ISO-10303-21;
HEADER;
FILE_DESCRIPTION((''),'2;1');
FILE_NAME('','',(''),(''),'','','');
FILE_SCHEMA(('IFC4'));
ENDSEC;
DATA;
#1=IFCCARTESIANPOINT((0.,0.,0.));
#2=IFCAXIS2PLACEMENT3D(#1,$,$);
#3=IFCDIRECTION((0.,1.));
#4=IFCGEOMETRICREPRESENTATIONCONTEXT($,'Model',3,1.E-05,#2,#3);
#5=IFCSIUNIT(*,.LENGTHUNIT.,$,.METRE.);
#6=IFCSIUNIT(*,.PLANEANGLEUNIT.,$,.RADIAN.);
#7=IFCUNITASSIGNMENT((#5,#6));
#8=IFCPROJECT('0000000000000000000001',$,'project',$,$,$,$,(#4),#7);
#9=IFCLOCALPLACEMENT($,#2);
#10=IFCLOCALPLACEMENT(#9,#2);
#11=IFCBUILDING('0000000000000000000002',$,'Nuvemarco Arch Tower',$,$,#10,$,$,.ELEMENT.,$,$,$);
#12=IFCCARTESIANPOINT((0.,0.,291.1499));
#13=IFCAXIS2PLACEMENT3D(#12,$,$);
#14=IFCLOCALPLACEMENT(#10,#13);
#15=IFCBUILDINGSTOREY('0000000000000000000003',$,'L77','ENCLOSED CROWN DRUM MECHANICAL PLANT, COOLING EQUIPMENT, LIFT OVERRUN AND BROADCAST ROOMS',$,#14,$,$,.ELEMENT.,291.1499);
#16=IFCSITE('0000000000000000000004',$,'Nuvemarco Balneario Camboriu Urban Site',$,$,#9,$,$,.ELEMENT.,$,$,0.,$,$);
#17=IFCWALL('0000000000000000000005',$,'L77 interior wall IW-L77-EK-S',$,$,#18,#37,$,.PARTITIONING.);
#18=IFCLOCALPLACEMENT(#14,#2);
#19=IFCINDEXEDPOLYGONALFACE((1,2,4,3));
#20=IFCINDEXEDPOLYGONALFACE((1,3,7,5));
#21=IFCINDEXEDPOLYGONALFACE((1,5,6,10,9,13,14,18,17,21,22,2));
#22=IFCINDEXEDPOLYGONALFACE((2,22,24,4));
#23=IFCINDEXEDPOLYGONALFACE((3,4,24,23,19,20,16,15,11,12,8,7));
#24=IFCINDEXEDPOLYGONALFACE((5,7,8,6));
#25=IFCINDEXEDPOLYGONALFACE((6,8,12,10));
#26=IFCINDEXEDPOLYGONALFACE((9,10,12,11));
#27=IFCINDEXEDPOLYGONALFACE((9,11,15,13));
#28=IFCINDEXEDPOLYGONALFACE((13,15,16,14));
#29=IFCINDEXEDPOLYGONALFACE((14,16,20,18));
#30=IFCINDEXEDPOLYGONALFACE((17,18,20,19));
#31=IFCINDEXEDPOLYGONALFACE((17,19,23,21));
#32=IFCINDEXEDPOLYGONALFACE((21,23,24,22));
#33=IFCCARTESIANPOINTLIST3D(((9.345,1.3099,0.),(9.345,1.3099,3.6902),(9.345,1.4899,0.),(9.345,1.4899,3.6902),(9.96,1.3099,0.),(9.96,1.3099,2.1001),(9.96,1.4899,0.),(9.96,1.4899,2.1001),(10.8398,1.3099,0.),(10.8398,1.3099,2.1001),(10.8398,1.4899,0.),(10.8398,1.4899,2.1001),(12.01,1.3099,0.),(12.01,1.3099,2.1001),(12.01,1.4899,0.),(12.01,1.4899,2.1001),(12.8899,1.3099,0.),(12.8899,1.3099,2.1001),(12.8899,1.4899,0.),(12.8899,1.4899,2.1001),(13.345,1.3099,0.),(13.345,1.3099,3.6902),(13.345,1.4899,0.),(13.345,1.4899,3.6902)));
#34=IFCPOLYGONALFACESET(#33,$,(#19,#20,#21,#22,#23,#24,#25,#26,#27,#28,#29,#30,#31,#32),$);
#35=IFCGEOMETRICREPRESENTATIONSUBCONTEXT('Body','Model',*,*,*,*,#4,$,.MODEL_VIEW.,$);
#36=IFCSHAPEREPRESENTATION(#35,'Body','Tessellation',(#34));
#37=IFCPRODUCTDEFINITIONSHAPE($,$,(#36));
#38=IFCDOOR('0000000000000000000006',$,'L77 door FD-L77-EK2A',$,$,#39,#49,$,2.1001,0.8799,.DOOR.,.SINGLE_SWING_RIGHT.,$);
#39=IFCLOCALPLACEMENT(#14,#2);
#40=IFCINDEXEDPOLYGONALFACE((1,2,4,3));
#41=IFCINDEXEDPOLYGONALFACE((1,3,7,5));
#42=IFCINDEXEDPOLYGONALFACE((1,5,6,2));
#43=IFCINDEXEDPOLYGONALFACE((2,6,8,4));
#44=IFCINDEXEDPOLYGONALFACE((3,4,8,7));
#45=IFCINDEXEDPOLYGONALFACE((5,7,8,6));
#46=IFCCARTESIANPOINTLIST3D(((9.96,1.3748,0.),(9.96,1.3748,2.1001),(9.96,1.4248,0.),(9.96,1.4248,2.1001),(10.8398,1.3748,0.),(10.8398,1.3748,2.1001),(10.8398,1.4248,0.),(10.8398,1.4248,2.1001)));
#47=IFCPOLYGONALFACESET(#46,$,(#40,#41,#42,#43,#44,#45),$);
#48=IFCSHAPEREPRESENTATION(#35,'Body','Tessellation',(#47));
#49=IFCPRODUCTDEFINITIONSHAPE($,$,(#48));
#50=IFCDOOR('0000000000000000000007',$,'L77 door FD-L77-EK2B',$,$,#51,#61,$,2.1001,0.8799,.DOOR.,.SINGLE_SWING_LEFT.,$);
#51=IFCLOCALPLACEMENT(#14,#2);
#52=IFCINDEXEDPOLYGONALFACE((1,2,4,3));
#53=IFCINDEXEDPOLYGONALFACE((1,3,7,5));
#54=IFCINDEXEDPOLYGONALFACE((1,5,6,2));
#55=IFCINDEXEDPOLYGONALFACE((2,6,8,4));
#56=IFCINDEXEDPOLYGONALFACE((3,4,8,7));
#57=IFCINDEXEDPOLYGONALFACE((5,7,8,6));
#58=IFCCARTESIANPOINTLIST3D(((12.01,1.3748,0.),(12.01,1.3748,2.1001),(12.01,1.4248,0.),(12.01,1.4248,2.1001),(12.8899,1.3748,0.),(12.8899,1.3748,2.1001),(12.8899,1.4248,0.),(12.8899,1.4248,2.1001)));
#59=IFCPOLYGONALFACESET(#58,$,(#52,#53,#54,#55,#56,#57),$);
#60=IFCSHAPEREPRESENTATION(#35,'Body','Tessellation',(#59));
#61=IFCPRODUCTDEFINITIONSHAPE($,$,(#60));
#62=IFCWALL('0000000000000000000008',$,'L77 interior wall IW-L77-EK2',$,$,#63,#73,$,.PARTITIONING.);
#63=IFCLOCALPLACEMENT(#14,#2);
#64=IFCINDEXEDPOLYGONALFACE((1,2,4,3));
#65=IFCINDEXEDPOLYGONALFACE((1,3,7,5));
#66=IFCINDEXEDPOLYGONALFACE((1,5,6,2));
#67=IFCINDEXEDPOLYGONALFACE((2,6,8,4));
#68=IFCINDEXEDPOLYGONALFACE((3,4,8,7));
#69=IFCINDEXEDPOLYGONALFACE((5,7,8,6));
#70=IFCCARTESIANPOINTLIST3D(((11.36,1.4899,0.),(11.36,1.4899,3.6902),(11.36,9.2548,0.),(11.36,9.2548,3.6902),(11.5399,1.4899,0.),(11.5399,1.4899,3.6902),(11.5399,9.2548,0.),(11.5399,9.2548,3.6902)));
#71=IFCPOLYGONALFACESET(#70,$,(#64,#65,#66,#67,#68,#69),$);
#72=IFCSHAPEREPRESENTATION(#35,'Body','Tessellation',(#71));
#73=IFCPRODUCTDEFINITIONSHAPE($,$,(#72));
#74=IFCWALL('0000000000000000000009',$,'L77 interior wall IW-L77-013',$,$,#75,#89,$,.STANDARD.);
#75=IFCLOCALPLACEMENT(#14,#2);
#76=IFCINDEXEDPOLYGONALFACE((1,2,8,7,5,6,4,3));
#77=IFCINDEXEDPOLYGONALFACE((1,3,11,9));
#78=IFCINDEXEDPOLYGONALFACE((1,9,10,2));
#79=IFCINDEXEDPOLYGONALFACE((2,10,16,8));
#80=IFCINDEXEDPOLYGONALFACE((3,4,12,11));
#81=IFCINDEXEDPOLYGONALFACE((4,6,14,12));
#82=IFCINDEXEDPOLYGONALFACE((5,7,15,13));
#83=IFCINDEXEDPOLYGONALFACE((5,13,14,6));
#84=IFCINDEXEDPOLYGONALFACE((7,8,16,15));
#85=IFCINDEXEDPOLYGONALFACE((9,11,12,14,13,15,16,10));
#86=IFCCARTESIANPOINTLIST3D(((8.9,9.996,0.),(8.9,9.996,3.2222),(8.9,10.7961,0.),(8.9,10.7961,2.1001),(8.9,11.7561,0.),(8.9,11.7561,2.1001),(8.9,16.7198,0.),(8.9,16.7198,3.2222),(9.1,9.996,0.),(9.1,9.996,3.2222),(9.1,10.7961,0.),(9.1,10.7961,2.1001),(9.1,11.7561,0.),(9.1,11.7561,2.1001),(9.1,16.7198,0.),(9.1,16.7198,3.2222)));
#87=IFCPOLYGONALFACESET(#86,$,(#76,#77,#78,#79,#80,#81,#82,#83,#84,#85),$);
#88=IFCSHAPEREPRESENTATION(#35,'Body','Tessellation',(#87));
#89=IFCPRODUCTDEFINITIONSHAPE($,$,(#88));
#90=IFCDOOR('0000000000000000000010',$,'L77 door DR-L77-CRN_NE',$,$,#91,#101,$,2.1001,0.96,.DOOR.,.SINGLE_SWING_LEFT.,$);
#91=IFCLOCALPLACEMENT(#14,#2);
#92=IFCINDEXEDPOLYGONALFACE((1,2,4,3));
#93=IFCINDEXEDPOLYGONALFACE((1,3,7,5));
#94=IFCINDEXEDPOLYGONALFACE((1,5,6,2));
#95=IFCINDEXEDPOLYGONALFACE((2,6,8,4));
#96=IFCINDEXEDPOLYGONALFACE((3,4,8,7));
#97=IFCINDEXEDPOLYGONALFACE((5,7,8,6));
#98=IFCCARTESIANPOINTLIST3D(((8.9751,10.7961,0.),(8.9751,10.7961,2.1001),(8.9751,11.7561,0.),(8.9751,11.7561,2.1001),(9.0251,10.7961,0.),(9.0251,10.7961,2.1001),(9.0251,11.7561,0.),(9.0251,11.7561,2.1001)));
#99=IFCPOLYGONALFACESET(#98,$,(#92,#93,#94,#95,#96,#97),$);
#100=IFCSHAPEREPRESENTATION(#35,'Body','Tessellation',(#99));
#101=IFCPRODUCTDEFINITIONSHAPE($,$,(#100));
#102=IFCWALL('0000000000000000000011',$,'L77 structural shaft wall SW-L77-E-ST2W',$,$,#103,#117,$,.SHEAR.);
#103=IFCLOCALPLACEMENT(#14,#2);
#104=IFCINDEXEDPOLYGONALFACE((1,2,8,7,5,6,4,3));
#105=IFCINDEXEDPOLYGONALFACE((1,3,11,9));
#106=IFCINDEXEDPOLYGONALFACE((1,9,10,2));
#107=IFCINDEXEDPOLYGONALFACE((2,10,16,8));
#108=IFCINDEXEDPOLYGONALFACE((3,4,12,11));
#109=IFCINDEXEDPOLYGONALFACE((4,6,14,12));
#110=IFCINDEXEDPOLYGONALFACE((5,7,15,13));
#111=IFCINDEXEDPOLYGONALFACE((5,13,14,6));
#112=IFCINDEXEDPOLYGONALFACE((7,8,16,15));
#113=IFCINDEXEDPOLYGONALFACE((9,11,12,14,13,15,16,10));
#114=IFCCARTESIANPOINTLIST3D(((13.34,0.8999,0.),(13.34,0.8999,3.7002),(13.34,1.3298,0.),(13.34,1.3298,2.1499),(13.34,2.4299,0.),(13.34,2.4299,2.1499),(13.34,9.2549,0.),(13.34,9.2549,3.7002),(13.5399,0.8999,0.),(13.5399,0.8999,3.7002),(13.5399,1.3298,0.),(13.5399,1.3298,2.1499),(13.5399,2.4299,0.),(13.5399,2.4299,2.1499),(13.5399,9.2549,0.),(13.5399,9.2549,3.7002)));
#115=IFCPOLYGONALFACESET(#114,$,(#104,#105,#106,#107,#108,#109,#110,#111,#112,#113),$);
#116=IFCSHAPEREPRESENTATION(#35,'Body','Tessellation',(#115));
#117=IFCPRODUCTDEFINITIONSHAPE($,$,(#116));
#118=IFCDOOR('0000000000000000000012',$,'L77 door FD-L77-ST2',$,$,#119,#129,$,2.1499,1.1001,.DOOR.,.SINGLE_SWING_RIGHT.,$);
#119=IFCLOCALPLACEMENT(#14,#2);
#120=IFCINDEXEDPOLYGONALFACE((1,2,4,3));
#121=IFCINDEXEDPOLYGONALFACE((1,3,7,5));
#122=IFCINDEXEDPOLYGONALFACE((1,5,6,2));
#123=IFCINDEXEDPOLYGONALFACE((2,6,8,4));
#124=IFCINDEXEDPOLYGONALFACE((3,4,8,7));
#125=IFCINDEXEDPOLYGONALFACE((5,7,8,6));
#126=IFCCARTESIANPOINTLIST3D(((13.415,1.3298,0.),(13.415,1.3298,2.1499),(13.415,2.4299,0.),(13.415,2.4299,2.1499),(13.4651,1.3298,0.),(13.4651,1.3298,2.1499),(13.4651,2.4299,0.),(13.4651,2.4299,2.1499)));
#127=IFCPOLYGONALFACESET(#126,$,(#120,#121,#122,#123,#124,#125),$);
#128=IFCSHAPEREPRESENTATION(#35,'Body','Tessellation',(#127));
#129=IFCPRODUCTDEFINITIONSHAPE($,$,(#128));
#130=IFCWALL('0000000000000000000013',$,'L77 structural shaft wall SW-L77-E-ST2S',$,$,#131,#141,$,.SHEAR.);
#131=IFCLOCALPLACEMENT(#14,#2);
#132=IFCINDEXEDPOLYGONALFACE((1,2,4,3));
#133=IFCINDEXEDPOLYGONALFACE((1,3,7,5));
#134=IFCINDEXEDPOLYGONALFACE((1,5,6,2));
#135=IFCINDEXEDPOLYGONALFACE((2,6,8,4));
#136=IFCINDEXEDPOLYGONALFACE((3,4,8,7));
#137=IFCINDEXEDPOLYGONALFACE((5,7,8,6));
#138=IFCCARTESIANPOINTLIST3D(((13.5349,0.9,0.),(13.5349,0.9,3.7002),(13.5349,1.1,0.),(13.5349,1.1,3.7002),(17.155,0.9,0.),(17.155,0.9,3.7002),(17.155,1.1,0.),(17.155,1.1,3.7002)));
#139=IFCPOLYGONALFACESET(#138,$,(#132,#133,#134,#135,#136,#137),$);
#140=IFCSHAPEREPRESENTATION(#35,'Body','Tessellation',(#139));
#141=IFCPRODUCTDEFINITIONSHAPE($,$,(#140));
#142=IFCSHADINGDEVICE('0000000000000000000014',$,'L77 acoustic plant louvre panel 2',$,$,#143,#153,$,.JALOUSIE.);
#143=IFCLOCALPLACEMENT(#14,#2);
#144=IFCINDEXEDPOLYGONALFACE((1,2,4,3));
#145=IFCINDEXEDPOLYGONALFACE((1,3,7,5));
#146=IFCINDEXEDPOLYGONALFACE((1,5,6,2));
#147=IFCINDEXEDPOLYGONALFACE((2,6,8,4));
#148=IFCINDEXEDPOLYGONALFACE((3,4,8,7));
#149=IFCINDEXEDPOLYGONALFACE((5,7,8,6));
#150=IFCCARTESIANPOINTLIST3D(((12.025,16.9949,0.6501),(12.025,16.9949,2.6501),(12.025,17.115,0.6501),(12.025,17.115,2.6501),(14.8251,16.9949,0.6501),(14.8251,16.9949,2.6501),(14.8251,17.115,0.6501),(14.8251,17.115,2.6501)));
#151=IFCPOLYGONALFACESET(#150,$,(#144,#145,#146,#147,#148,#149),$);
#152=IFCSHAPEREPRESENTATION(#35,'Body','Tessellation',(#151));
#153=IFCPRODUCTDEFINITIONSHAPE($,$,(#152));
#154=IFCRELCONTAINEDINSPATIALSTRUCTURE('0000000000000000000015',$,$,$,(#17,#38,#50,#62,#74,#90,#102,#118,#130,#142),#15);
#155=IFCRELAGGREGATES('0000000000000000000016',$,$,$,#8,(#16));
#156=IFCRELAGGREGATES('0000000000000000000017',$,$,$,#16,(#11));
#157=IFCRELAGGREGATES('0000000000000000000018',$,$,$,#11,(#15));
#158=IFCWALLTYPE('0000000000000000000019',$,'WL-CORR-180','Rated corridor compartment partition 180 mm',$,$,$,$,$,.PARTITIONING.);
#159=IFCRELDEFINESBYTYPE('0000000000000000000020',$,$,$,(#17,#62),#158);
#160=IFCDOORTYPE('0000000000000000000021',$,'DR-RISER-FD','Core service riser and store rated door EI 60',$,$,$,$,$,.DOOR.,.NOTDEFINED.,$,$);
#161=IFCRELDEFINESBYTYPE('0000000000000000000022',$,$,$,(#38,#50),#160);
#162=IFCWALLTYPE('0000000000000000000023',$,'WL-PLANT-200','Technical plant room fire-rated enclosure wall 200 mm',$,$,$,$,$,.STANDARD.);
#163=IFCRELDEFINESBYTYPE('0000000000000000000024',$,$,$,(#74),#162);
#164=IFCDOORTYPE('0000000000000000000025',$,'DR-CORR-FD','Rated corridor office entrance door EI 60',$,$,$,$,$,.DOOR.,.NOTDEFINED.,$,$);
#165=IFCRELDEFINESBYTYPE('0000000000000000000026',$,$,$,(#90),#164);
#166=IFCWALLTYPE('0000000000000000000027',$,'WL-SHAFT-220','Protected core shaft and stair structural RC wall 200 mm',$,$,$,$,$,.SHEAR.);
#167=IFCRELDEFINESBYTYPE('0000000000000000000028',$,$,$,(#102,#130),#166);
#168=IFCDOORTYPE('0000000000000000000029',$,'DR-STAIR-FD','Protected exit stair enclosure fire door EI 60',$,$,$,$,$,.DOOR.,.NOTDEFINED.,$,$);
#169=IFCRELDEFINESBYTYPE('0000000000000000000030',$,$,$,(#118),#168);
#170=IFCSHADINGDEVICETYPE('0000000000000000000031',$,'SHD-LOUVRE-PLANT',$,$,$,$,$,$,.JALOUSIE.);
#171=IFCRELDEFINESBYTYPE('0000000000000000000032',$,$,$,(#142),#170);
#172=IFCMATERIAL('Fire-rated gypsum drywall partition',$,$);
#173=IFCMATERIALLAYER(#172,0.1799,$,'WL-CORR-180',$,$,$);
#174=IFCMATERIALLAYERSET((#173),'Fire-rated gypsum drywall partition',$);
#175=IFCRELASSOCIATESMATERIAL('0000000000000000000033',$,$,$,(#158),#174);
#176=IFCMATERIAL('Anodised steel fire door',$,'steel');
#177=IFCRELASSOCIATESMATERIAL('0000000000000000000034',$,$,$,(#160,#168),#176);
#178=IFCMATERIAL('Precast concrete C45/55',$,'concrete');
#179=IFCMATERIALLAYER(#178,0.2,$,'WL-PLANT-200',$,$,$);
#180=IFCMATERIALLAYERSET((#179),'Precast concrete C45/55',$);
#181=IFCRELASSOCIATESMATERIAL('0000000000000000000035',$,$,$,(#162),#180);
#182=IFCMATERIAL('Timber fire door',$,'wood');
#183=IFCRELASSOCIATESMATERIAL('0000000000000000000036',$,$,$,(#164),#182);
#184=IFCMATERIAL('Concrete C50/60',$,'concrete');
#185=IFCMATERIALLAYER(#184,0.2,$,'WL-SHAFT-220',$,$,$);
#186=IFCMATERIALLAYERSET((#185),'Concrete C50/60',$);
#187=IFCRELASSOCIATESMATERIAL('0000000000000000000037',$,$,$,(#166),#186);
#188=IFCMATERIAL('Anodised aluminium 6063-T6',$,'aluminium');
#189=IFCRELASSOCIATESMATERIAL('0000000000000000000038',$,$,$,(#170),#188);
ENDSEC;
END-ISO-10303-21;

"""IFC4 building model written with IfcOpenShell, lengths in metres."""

from ifc_helpers import new_model, si_unit, direction, frame, frame_2d, origin, origin_2d, place, context, subcontext, project, spatial, rectangle, extrude, source, transform, mapped, material, layer, layer_set, type_object, type_shapes, element, fill, save


model = new_model("IFC4")

# Units and contexts
model_context = context("Model", 3, precision=1e-05, world=origin(), true_north=direction((0.0, 1.0)))
body_context = subcontext(model_context, "Body", "Model", "MODEL_VIEW")
ifc_project = project(units=[si_unit("LENGTHUNIT", "METRE"), si_unit("PLANEANGLEUNIT", "RADIAN")], contexts=[model_context])

# Site, building, storey
site_placement = place(None, origin())
site = spatial("IfcSite", under=ifc_project, at=site_placement, Name="Nuvemarco Balneario Camboriu Urban Site", CompositionType="ELEMENT", RefElevation=0.0)
building_placement = place(site_placement, origin())
building = spatial("IfcBuilding", under=site, at=building_placement, Name="Nuvemarco Arch Tower", CompositionType="ELEMENT")
storey_placement = place(building_placement, frame((0.0, 0.0, 291.1499)))
storey = spatial("IfcBuildingStorey", under=building, at=storey_placement, Name="L77", Description="ENCLOSED CROWN DRUM MECHANICAL PLANT, COOLING EQUIPMENT, LIFT OVERRUN AND BROADCAST ROOMS", CompositionType="ELEMENT", Elevation=291.1499)

# Shared definitions
ifc_material_1 = material(Name="Concrete C50/60", Category="concrete")

# Wall, openings, doors
ifc_material_2 = material(Name="Fire-rated gypsum drywall partition")
ifc_layer_1 = layer(ifc_material_2, 0.1799, Name="WL-CORR-180")
ifc_layer_set_1 = layer_set([ifc_layer_1], Name="Fire-rated gypsum drywall partition")
wall_type_1 = type_object("IfcWallType", Name="WL-CORR-180", Description="Rated corridor compartment partition 180 mm", PredefinedType="PARTITIONING", material=ifc_layer_set_1)
wall_1_placement = place(storey_placement, frame((9.345, 1.3999, 0.0), z_axis=(0.0, 0.0, 1.0), x_axis=(1.0, 0.0, 0.0)))
wall_1 = element("IfcWall", 1, at=wall_1_placement, inside=storey, type_object=wall_type_1, Name="L77 interior wall IW-L77-EK-S", PredefinedType="PARTITIONING", context=body_context, shape_type="SweptSolid", body=[
    extrude(rectangle(XDim=4.0, YDim=0.1799, at=frame_2d((2.0, 0.0))), origin(), (0.0, 0.0, 1.0), 3.6902),
])
opening_1_placement = place(wall_1_placement, frame((0.615, 0.0, 0.0)))
opening_1 = element("IfcOpeningElement", 2, at=opening_1_placement, cuts=wall_1, PredefinedType="OPENING", context=body_context, shape_type="SweptSolid", body=[
    extrude(rectangle(XDim=0.8799, YDim=2.1001, at=frame_2d((0.4399, 1.05))), frame((0.0, 0.0999, 0.0), z_axis=(0.0, -1.0, 0.0), x_axis=(1.0, 0.0, 0.0)), (0.0, 0.0, 1.0), 0.2),
])
opening_2_placement = place(wall_1_placement, frame((2.665, 0.0, 0.0)))
opening_2 = element("IfcOpeningElement", 3, at=opening_2_placement, cuts=wall_1, PredefinedType="OPENING", context=body_context, shape_type="SweptSolid", body=[
    extrude(rectangle(XDim=0.8799, YDim=2.1001, at=frame_2d((0.4399, 1.05))), frame((0.0, 0.0999, 0.0), z_axis=(0.0, -1.0, 0.0), x_axis=(1.0, 0.0, 0.0)), (0.0, 0.0, 1.0), 0.2),
])
ifc_material_3 = material(Name="Anodised steel fire door", Category="steel")
door_type_1 = type_object("IfcDoorType", Name="DR-RISER-FD", Description="Core service riser and store rated door EI 60", OperationType="NOTDEFINED", PredefinedType="DOOR", material=ifc_material_3)
shared_shape_1 = source(origin(), body_context, "Body", "SweptSolid", [
    extrude(rectangle(XDim=0.8799, YDim=2.1001, at=frame_2d((0.4399, 1.05))), frame((0.0, 0.0249, 0.0), z_axis=(0.0, -1.0, 0.0), x_axis=(1.0, 0.0, 0.0)), (0.0, 0.0, 1.0), 0.05),
])
type_shapes(door_type_1, [shared_shape_1])
door_1_placement = place(opening_1_placement, origin())
door_1 = element("IfcDoor", 4, at=door_1_placement, inside=storey, type_object=door_type_1, Name="L77 door FD-L77-EK2A", OperationType="SINGLE_SWING_RIGHT", OverallHeight=2.1001, OverallWidth=0.8799, PredefinedType="DOOR", context=body_context, shape_type="MappedRepresentation", body=[
    mapped(shared_shape_1, transform((0.0, 0.0, 0.0), scale=1.0)),
])
fill(opening_1, door_1)
door_2_placement = place(opening_2_placement, origin())
door_2 = element("IfcDoor", 5, at=door_2_placement, inside=storey, type_object=door_type_1, Name="L77 door FD-L77-EK2B", OperationType="SINGLE_SWING_LEFT", OverallHeight=2.1001, OverallWidth=0.8799, PredefinedType="DOOR", context=body_context, shape_type="MappedRepresentation", body=[
    mapped(shared_shape_1, transform((0.0, 0.0, 0.0), scale=1.0)),
])
fill(opening_2, door_2)

# Wall
wall_2_placement = place(storey_placement, frame((11.45, 1.49, 0.0), z_axis=(0.0, 0.0, 1.0), x_axis=(0.0, 1.0, 0.0)))
element("IfcWall", 6, at=wall_2_placement, inside=storey, type_object=wall_type_1, Name="L77 interior wall IW-L77-EK2", PredefinedType="PARTITIONING", context=body_context, shape_type="SweptSolid", body=[
    extrude(rectangle(XDim=7.7649, YDim=0.1799, at=frame_2d((3.8823, 0.0))), origin(), (0.0, 0.0, 1.0), 3.6902),
])

# Walls, openings, doors
ifc_material_4 = material(Name="Precast concrete C45/55", Category="concrete")
ifc_layer_2 = layer(ifc_material_4, 0.2, Name="WL-PLANT-200")
ifc_layer_set_2 = layer_set([ifc_layer_2], Name="Precast concrete C45/55")
wall_type_2 = type_object("IfcWallType", Name="WL-PLANT-200", Description="Technical plant room fire-rated enclosure wall 200 mm", PredefinedType="STANDARD", material=ifc_layer_set_2)
wall_3_placement = place(storey_placement, frame((9.0, 9.9961, 0.0), z_axis=(0.0, 0.0, 1.0), x_axis=(0.0, 1.0, 0.0)))
wall_3 = element("IfcWall", 7, at=wall_3_placement, inside=storey, type_object=wall_type_2, Name="L77 interior wall IW-L77-013", PredefinedType="STANDARD", context=body_context, shape_type="SweptSolid", body=[
    extrude(rectangle(XDim=6.7239, YDim=0.2, at=frame_2d((3.3618, 0.0))), origin(), (0.0, 0.0, 1.0), 3.2222),
])
opening_3_placement = place(wall_3_placement, frame((0.8, 0.0, 0.0)))
opening_3 = element("IfcOpeningElement", 8, at=opening_3_placement, cuts=wall_3, PredefinedType="OPENING", context=body_context, shape_type="SweptSolid", body=[
    extrude(rectangle(XDim=0.96, YDim=2.1001, at=frame_2d((0.48, 1.05))), frame((0.0, 0.1099, 0.0), z_axis=(0.0, -1.0, 0.0), x_axis=(1.0, 0.0, 0.0)), (0.0, 0.0, 1.0), 0.22),
])
ifc_material_5 = material(Name="Timber fire door", Category="wood")
door_type_2 = type_object("IfcDoorType", Name="DR-CORR-FD", Description="Rated corridor office entrance door EI 60", OperationType="NOTDEFINED", PredefinedType="DOOR", material=ifc_material_5)
shared_shape_2 = source(origin(), body_context, "Body", "SweptSolid", [
    extrude(rectangle(XDim=0.96, YDim=2.1001, at=frame_2d((0.48, 1.05))), frame((0.0, 0.0249, 0.0), z_axis=(0.0, -1.0, 0.0), x_axis=(1.0, 0.0, 0.0)), (0.0, 0.0, 1.0), 0.05),
])
type_shapes(door_type_2, [shared_shape_2])
door_3_placement = place(opening_3_placement, origin())
door_3 = element("IfcDoor", 9, at=door_3_placement, inside=storey, type_object=door_type_2, Name="L77 door DR-L77-CRN_NE", OperationType="SINGLE_SWING_LEFT", OverallHeight=2.1001, OverallWidth=0.96, PredefinedType="DOOR", context=body_context, shape_type="MappedRepresentation", body=[
    mapped(shared_shape_2, transform((0.0, 0.0, 0.0), scale=1.0)),
])
fill(opening_3, door_3)
ifc_layer_3 = layer(ifc_material_1, 0.2, Name="WL-SHAFT-220")
ifc_layer_set_3 = layer_set([ifc_layer_3], Name="Concrete C50/60")
wall_type_3 = type_object("IfcWallType", Name="WL-SHAFT-220", Description="Protected core shaft and stair structural RC wall 200 mm", PredefinedType="SHEAR", material=ifc_layer_set_3)
wall_4_placement = place(storey_placement, frame((13.4399, 0.8999, 0.0), z_axis=(0.0, 0.0, 1.0), x_axis=(0.0, 1.0, 0.0)))
wall_4 = element("IfcWall", 10, at=wall_4_placement, inside=storey, type_object=wall_type_3, Name="L77 structural shaft wall SW-L77-E-ST2W", PredefinedType="SHEAR", context=body_context, shape_type="SweptSolid", body=[
    extrude(rectangle(XDim=8.355, YDim=0.2, at=frame_2d((4.1775, 0.0))), origin(), (0.0, 0.0, 1.0), 3.7002),
])
opening_4_placement = place(wall_4_placement, frame((0.4299, 0.0, 0.0)))
opening_4 = element("IfcOpeningElement", 11, at=opening_4_placement, cuts=wall_4, PredefinedType="OPENING", context=body_context, shape_type="SweptSolid", body=[
    extrude(rectangle(XDim=1.1001, YDim=2.1499, at=frame_2d((0.55, 1.075))), frame((0.0, 0.1099, 0.0), z_axis=(0.0, -1.0, 0.0), x_axis=(1.0, 0.0, 0.0)), (0.0, 0.0, 1.0), 0.22),
])
door_type_3 = type_object("IfcDoorType", Name="DR-STAIR-FD", Description="Protected exit stair enclosure fire door EI 60", OperationType="NOTDEFINED", PredefinedType="DOOR", material=ifc_material_3)
shared_shape_3 = source(origin(), body_context, "Body", "SweptSolid", [
    extrude(rectangle(XDim=1.1001, YDim=2.1499, at=frame_2d((0.55, 1.075))), frame((0.0, 0.0249, 0.0), z_axis=(0.0, -1.0, 0.0), x_axis=(1.0, 0.0, 0.0)), (0.0, 0.0, 1.0), 0.05),
])
type_shapes(door_type_3, [shared_shape_3])
door_4_placement = place(opening_4_placement, origin())
door_4 = element("IfcDoor", 12, at=door_4_placement, inside=storey, type_object=door_type_3, Name="L77 door FD-L77-ST2", OperationType="SINGLE_SWING_RIGHT", OverallHeight=2.1499, OverallWidth=1.1001, PredefinedType="DOOR", context=body_context, shape_type="MappedRepresentation", body=[
    mapped(shared_shape_3, transform((0.0, 0.0, 0.0), scale=1.0)),
])
fill(opening_4, door_4)

# Wall
wall_5_placement = place(storey_placement, frame((13.5349, 1.0, 0.0), z_axis=(0.0, 0.0, 1.0), x_axis=(1.0, 0.0, 0.0)))
element("IfcWall", 13, at=wall_5_placement, inside=storey, type_object=wall_type_3, Name="L77 structural shaft wall SW-L77-E-ST2S", PredefinedType="SHEAR", context=body_context, shape_type="SweptSolid", body=[
    extrude(rectangle(XDim=3.6201, YDim=0.2, at=frame_2d((1.8101, 0.0))), origin(), (0.0, 0.0, 1.0), 3.7002),
])

# Shading device
ifc_material_6 = material(Name="Anodised aluminium 6063-T6", Category="aluminium")
shading_device_type = type_object("IfcShadingDeviceType", Name="SHD-LOUVRE-PLANT", PredefinedType="JALOUSIE", material=ifc_material_6)
shared_shape_4 = source(origin(), body_context, "Body", "SweptSolid", [
    extrude(rectangle(XDim=2.8, YDim=0.1201, at=origin_2d()), origin(), (0.0, 0.0, 1.0), 2.0),
])
type_shapes(shading_device_type, [shared_shape_4])
shading_device_placement = place(storey_placement, frame((13.425, 17.0549, 0.6501), z_axis=(0.0, 0.0, 1.0), x_axis=(1.0, 0.0, 0.0)))
element("IfcShadingDevice", 14, at=shading_device_placement, inside=storey, type_object=shading_device_type, Name="L77 acoustic plant louvre panel 2", PredefinedType="JALOUSIE", context=body_context, shape_type="MappedRepresentation", body=[
    mapped(shared_shape_4, transform((0.0, 0.0, 0.0), scale=1.0)),
])

save(model, "model.ifc")
